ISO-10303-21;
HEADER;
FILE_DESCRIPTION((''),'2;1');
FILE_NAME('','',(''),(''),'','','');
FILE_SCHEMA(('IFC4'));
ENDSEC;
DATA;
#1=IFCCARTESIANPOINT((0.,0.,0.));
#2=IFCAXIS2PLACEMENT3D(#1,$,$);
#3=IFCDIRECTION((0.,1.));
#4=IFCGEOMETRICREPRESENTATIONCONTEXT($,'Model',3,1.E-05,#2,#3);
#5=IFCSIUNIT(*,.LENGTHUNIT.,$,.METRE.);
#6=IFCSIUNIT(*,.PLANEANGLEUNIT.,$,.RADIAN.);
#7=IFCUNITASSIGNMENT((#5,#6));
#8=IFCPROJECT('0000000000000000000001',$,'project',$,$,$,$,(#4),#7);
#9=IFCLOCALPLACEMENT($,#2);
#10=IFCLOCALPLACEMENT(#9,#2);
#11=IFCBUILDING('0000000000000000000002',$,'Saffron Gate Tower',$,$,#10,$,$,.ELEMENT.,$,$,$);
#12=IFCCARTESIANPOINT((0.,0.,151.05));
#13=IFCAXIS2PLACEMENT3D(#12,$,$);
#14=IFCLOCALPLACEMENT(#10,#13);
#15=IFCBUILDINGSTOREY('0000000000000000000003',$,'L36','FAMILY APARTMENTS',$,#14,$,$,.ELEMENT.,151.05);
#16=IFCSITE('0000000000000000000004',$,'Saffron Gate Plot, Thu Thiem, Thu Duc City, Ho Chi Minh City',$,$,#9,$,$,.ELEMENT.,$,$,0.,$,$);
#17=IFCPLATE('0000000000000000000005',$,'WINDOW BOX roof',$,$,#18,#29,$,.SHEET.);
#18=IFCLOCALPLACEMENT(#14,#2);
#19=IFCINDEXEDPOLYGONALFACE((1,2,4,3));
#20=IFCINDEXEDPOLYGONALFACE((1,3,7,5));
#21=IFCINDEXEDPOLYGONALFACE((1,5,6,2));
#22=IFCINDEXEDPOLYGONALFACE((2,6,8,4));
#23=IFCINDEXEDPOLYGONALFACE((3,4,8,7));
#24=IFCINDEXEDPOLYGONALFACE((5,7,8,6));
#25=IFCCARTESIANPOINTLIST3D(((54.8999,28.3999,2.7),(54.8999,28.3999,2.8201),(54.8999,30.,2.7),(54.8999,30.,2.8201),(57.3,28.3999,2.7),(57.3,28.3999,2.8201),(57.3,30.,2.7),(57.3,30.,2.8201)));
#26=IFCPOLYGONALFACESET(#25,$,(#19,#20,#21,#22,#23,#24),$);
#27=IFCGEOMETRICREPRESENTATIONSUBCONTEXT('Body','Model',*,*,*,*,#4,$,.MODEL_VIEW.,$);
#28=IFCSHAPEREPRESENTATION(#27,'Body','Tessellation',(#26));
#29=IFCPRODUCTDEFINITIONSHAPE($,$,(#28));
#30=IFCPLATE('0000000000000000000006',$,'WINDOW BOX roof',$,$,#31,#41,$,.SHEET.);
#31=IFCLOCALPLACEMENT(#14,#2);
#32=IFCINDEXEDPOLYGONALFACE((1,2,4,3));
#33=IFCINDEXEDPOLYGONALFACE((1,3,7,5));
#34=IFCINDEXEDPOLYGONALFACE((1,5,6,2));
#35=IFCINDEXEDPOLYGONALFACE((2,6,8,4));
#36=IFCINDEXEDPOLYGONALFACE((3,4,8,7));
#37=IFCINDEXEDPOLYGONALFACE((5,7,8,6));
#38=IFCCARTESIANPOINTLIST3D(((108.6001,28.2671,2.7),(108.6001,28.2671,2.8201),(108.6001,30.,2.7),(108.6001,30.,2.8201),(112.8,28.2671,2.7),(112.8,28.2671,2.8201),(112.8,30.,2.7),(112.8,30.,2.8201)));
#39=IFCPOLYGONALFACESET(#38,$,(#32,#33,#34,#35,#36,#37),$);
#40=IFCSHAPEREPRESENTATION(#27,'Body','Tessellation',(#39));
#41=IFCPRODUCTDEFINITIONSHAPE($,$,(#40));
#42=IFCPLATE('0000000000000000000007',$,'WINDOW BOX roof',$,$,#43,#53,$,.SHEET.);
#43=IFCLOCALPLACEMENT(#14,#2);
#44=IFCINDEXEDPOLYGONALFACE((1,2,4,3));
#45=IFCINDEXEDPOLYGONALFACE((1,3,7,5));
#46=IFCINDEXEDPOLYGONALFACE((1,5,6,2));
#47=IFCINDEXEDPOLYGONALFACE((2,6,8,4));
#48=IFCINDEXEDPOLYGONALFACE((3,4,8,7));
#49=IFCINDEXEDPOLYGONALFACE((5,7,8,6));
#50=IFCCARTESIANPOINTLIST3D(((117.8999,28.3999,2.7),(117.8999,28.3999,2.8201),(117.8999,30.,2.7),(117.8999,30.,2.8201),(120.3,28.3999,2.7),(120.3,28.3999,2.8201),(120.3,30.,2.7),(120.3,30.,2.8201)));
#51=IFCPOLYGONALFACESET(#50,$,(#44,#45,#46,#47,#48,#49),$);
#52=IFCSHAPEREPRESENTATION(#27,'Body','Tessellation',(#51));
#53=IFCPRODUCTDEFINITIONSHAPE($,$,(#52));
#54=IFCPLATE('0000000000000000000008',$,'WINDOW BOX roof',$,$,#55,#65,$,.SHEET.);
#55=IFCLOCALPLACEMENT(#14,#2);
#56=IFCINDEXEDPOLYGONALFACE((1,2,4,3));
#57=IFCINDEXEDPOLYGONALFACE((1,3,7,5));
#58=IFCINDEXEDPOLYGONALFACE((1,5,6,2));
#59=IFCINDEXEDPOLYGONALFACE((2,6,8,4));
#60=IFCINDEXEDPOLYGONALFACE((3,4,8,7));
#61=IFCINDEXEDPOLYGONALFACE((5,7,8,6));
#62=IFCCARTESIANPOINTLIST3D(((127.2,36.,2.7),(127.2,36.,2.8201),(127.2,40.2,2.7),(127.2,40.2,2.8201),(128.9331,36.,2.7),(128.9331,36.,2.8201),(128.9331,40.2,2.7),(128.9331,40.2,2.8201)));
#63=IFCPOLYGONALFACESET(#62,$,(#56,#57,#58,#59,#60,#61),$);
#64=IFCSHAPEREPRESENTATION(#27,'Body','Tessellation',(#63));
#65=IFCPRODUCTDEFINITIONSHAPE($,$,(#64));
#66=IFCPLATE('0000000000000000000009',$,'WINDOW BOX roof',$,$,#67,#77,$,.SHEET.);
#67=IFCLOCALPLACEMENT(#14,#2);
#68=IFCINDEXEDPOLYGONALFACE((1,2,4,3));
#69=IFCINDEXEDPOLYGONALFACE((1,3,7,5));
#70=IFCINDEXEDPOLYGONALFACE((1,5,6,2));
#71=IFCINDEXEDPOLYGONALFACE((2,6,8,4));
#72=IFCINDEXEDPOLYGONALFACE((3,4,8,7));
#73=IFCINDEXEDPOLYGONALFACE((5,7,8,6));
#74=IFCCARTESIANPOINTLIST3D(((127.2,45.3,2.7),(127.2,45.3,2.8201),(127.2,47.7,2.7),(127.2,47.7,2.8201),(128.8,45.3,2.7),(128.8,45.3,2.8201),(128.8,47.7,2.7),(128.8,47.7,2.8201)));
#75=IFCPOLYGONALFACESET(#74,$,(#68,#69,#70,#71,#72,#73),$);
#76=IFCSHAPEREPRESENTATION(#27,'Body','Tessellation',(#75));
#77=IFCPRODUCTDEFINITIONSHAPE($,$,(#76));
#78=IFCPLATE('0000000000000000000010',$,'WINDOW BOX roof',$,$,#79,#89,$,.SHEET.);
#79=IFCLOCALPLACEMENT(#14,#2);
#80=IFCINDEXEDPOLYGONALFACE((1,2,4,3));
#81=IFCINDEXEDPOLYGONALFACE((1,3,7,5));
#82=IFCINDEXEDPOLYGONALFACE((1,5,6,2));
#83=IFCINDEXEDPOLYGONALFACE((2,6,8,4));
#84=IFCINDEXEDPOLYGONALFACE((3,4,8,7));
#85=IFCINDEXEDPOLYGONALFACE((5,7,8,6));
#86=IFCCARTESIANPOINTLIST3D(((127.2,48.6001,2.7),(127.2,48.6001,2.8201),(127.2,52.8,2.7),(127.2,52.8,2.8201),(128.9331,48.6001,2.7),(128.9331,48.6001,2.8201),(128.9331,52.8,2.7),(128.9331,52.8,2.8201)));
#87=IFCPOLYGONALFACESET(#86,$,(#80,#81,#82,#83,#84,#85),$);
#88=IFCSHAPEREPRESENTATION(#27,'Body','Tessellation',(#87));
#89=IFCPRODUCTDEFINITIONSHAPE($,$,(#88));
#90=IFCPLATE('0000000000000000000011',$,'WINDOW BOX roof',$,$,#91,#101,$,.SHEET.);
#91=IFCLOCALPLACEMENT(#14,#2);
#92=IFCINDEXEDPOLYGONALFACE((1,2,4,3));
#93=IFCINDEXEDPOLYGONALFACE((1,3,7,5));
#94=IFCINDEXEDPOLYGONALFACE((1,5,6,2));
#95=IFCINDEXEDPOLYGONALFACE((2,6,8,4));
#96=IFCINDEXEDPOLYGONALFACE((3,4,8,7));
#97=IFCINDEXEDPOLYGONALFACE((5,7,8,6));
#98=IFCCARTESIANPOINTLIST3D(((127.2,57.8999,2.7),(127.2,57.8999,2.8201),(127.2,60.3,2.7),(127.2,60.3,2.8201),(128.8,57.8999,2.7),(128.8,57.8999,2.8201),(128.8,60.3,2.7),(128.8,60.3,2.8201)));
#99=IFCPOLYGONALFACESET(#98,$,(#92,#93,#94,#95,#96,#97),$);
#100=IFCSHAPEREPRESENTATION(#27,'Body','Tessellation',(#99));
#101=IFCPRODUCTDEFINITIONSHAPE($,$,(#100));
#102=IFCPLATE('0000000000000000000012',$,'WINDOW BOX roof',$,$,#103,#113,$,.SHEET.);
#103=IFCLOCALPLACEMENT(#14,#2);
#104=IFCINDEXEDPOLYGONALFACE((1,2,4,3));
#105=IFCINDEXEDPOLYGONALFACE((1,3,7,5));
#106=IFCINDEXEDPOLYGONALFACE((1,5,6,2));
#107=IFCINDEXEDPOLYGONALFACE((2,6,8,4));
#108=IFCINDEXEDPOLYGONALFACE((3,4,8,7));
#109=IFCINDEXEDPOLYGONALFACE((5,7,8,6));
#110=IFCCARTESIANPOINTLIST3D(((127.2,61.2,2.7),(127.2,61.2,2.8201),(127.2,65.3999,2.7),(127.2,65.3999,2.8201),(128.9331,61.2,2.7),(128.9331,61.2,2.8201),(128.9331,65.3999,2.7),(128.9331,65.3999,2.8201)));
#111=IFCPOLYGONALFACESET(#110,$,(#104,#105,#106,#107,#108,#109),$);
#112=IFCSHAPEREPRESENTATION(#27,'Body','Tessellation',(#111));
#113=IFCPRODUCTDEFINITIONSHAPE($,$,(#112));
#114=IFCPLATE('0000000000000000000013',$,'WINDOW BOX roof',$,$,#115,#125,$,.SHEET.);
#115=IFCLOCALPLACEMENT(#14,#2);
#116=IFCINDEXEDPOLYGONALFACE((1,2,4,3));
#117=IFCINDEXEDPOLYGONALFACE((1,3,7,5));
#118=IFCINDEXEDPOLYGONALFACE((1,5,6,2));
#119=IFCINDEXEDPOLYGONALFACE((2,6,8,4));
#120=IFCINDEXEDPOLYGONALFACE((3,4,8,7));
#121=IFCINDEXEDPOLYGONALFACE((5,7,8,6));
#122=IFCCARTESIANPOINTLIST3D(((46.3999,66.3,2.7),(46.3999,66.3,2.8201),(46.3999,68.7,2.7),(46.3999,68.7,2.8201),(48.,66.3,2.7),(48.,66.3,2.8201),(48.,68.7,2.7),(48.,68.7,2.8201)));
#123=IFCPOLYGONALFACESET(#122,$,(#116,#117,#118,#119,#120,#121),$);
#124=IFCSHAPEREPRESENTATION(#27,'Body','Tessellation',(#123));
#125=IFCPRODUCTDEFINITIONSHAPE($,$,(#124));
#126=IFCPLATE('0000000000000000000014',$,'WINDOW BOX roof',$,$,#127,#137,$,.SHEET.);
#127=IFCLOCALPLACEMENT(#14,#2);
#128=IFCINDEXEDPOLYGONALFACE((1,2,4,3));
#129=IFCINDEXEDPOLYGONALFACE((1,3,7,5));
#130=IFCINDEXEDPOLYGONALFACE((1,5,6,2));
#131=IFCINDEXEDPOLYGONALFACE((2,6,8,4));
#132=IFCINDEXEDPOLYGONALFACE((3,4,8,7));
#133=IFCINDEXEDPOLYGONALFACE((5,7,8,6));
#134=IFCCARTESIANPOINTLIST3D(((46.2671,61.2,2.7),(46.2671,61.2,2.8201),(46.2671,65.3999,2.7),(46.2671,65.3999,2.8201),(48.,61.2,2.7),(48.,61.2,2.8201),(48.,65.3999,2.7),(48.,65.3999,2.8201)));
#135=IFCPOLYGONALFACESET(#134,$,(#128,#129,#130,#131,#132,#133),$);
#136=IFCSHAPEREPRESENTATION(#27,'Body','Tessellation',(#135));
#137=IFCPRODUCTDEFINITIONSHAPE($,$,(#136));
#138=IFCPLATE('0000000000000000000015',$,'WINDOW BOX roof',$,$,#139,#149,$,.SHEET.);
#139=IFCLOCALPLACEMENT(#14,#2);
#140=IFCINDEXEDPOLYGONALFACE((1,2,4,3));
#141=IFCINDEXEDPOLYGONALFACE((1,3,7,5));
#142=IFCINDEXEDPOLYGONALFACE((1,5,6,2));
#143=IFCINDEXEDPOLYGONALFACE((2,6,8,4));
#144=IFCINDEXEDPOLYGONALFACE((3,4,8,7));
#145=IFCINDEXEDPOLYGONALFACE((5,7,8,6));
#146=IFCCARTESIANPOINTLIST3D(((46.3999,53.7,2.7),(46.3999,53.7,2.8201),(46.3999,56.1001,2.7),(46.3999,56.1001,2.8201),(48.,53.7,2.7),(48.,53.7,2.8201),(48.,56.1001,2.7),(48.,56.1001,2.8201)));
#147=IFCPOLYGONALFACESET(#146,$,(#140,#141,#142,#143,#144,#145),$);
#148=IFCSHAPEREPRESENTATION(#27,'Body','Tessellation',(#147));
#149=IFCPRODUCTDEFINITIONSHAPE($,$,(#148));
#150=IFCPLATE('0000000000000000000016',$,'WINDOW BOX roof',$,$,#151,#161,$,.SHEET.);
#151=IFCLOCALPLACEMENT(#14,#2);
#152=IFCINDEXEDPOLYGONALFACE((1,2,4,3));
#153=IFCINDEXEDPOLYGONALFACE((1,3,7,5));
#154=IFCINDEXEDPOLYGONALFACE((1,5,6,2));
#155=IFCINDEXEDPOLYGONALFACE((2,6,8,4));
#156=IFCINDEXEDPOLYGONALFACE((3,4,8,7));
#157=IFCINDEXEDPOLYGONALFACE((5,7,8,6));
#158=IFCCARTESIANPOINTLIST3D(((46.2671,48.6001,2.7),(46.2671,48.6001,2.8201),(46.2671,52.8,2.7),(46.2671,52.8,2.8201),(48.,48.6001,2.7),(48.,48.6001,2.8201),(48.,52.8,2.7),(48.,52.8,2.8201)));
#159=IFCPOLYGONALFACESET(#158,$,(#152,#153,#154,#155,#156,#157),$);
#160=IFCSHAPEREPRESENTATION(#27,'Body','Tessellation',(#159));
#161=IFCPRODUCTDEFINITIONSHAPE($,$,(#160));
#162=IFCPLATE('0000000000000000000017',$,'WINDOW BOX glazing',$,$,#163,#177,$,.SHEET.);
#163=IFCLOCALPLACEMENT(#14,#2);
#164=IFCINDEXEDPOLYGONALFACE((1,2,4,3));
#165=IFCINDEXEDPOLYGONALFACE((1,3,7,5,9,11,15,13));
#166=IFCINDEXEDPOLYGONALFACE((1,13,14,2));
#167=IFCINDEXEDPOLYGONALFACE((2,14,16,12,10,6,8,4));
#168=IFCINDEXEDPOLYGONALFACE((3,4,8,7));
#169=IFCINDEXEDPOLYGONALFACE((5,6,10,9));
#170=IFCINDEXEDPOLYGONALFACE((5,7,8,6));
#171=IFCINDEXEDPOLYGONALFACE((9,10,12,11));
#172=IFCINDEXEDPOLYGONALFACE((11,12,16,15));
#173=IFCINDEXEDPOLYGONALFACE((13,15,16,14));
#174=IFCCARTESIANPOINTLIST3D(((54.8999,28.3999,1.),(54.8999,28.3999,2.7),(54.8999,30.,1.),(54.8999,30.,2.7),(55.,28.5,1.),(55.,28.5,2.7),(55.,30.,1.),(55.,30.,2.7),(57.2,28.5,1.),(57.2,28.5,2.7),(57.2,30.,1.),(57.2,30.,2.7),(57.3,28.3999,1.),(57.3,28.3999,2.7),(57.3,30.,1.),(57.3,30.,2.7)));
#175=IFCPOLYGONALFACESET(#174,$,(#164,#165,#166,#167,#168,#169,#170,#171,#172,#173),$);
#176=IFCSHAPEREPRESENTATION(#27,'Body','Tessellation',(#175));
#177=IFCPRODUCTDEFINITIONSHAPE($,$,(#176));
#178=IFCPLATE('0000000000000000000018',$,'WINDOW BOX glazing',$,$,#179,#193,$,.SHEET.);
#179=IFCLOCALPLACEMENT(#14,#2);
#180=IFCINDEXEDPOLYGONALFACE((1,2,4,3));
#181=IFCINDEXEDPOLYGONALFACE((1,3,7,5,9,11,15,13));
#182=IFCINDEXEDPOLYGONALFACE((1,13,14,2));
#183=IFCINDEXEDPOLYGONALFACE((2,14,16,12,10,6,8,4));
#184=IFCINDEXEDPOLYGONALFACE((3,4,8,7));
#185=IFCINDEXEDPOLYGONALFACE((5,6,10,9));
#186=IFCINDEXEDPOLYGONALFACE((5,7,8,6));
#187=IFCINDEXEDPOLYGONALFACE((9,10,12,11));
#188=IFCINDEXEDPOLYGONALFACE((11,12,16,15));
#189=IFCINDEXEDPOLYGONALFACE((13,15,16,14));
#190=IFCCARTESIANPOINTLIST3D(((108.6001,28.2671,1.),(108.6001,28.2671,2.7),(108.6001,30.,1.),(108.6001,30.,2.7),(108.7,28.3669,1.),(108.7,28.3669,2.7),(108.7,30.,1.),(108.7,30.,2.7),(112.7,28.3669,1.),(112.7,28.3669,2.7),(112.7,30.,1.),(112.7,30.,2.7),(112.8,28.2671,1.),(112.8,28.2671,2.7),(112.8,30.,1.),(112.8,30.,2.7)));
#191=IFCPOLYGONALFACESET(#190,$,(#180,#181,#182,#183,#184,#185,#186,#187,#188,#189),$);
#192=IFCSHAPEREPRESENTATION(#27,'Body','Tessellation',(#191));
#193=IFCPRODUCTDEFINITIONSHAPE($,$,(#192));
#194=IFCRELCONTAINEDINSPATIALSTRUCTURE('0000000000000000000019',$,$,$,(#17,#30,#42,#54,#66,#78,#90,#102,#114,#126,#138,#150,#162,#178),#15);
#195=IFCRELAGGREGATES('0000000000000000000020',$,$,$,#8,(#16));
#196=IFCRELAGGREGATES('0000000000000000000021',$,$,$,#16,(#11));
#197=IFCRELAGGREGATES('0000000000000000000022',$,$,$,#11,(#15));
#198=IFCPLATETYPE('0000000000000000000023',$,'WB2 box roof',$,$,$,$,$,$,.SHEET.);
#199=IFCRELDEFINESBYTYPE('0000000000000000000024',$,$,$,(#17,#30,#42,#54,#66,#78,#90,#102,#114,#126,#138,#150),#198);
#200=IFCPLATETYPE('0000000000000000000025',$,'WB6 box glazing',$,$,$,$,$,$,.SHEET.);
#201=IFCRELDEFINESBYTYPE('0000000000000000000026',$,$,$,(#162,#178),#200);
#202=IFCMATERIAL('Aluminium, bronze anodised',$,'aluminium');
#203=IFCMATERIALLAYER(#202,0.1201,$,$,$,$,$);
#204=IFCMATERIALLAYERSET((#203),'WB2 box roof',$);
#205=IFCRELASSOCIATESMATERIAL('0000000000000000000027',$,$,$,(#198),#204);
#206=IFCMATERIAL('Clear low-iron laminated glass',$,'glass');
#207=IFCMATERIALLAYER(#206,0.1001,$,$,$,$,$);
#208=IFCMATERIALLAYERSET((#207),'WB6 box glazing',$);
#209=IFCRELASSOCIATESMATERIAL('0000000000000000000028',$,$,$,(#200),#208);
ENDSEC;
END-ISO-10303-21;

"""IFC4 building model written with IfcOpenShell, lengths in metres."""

from ifc_helpers import new_model, si_unit, direction, frame, origin, place, context, subcontext, project, spatial, polyline, outline, extrude, material, layer, layer_set, type_object, element, save


model = new_model("IFC4")

# Units and contexts
model_context = context("Model", 3, precision=1e-05, world=origin(), true_north=direction((0.0, 1.0)))
body_context = subcontext(model_context, "Body", "Model", "MODEL_VIEW")
ifc_project = project(units=[si_unit("LENGTHUNIT", "METRE"), si_unit("PLANEANGLEUNIT", "RADIAN")], contexts=[model_context])

# Site, building, storey
site_placement = place(None, origin())
site = spatial("IfcSite", under=ifc_project, at=site_placement, Name="Saffron Gate Plot, Thu Thiem, Thu Duc City, Ho Chi Minh City", CompositionType="ELEMENT", RefElevation=0.0)
building_placement = place(site_placement, origin())
building = spatial("IfcBuilding", under=site, at=building_placement, Name="Saffron Gate Tower", CompositionType="ELEMENT")
storey_placement = place(building_placement, frame((0.0, 0.0, 151.05)))
storey = spatial("IfcBuildingStorey", under=building, at=storey_placement, Name="L36", Description="FAMILY APARTMENTS", CompositionType="ELEMENT", Elevation=151.05)

# Plates
ifc_material_1 = material(Name="Aluminium, bronze anodised", Category="aluminium")
ifc_layer_1 = layer(ifc_material_1, 0.1201)
ifc_layer_set_1 = layer_set([ifc_layer_1], Name="WB2 box roof")
plate_type_1 = type_object("IfcPlateType", Name="WB2 box roof", PredefinedType="SHEET", material=ifc_layer_set_1)
plate_1_placement = place(storey_placement, frame((0.0, 0.0, 2.7)))
element("IfcPlate", 1, at=plate_1_placement, inside=storey, type_object=plate_type_1, Name="WINDOW BOX roof", PredefinedType="SHEET", context=body_context, shape_type="SweptSolid", body=[
    extrude(outline(polyline([(54.8999, 30.0), (57.3, 30.0), (57.3, 28.3999), (54.8999, 28.3999), (54.8999, 30.0)])), origin(), (0.0, 0.0, 1.0), 0.1201),
])
plate_2_placement = place(storey_placement, frame((0.0, 0.0, 2.7)))
element("IfcPlate", 2, at=plate_2_placement, inside=storey, type_object=plate_type_1, Name="WINDOW BOX roof", PredefinedType="SHEET", context=body_context, shape_type="SweptSolid", body=[
    extrude(outline(polyline([(108.6001, 30.0), (112.8, 30.0), (112.8, 28.2671), (108.6001, 28.2671), (108.6001, 30.0)])), origin(), (0.0, 0.0, 1.0), 0.1201),
])
plate_3_placement = place(storey_placement, frame((0.0, 0.0, 2.7)))
element("IfcPlate", 3, at=plate_3_placement, inside=storey, type_object=plate_type_1, Name="WINDOW BOX roof", PredefinedType="SHEET", context=body_context, shape_type="SweptSolid", body=[
    extrude(outline(polyline([(117.8999, 30.0), (120.3, 30.0), (120.3, 28.3999), (117.8999, 28.3999), (117.8999, 30.0)])), origin(), (0.0, 0.0, 1.0), 0.1201),
])
plate_4_placement = place(storey_placement, frame((0.0, 0.0, 2.7)))
element("IfcPlate", 4, at=plate_4_placement, inside=storey, type_object=plate_type_1, Name="WINDOW BOX roof", PredefinedType="SHEET", context=body_context, shape_type="SweptSolid", body=[
    extrude(outline(polyline([(127.2, 36.0), (127.2, 40.2), (128.9331, 40.2), (128.9331, 36.0), (127.2, 36.0)])), origin(), (0.0, 0.0, 1.0), 0.1201),
])
plate_5_placement = place(storey_placement, frame((0.0, 0.0, 2.7)))
element("IfcPlate", 5, at=plate_5_placement, inside=storey, type_object=plate_type_1, Name="WINDOW BOX roof", PredefinedType="SHEET", context=body_context, shape_type="SweptSolid", body=[
    extrude(outline(polyline([(127.2, 45.3), (127.2, 47.7), (128.8, 47.7), (128.8, 45.3), (127.2, 45.3)])), origin(), (0.0, 0.0, 1.0), 0.1201),
])
plate_6_placement = place(storey_placement, frame((0.0, 0.0, 2.7)))
element("IfcPlate", 6, at=plate_6_placement, inside=storey, type_object=plate_type_1, Name="WINDOW BOX roof", PredefinedType="SHEET", context=body_context, shape_type="SweptSolid", body=[
    extrude(outline(polyline([(127.2, 48.6001), (127.2, 52.8), (128.9331, 52.8), (128.9331, 48.6001), (127.2, 48.6001)])), origin(), (0.0, 0.0, 1.0), 0.1201),
])
plate_7_placement = place(storey_placement, frame((0.0, 0.0, 2.7)))
element("IfcPlate", 7, at=plate_7_placement, inside=storey, type_object=plate_type_1, Name="WINDOW BOX roof", PredefinedType="SHEET", context=body_context, shape_type="SweptSolid", body=[
    extrude(outline(polyline([(127.2, 57.8999), (127.2, 60.3), (128.8, 60.3), (128.8, 57.8999), (127.2, 57.8999)])), origin(), (0.0, 0.0, 1.0), 0.1201),
])
plate_8_placement = place(storey_placement, frame((0.0, 0.0, 2.7)))
element("IfcPlate", 8, at=plate_8_placement, inside=storey, type_object=plate_type_1, Name="WINDOW BOX roof", PredefinedType="SHEET", context=body_context, shape_type="SweptSolid", body=[
    extrude(outline(polyline([(127.2, 61.2), (127.2, 65.3999), (128.9331, 65.3999), (128.9331, 61.2), (127.2, 61.2)])), origin(), (0.0, 0.0, 1.0), 0.1201),
])
plate_9_placement = place(storey_placement, frame((0.0, 0.0, 2.7)))
element("IfcPlate", 9, at=plate_9_placement, inside=storey, type_object=plate_type_1, Name="WINDOW BOX roof", PredefinedType="SHEET", context=body_context, shape_type="SweptSolid", body=[
    extrude(outline(polyline([(48.0, 68.7), (48.0, 66.3), (46.3999, 66.3), (46.3999, 68.7), (48.0, 68.7)])), origin(), (0.0, 0.0, 1.0), 0.1201),
])
plate_10_placement = place(storey_placement, frame((0.0, 0.0, 2.7)))
element("IfcPlate", 10, at=plate_10_placement, inside=storey, type_object=plate_type_1, Name="WINDOW BOX roof", PredefinedType="SHEET", context=body_context, shape_type="SweptSolid", body=[
    extrude(outline(polyline([(48.0, 65.3999), (48.0, 61.2), (46.2671, 61.2), (46.2671, 65.3999), (48.0, 65.3999)])), origin(), (0.0, 0.0, 1.0), 0.1201),
])
plate_11_placement = place(storey_placement, frame((0.0, 0.0, 2.7)))
element("IfcPlate", 11, at=plate_11_placement, inside=storey, type_object=plate_type_1, Name="WINDOW BOX roof", PredefinedType="SHEET", context=body_context, shape_type="SweptSolid", body=[
    extrude(outline(polyline([(48.0, 56.1001), (48.0, 53.7), (46.3999, 53.7), (46.3999, 56.1001), (48.0, 56.1001)])), origin(), (0.0, 0.0, 1.0), 0.1201),
])
plate_12_placement = place(storey_placement, frame((0.0, 0.0, 2.7)))
element("IfcPlate", 12, at=plate_12_placement, inside=storey, type_object=plate_type_1, Name="WINDOW BOX roof", PredefinedType="SHEET", context=body_context, shape_type="SweptSolid", body=[
    extrude(outline(polyline([(48.0, 52.8), (48.0, 48.6001), (46.2671, 48.6001), (46.2671, 52.8), (48.0, 52.8)])), origin(), (0.0, 0.0, 1.0), 0.1201),
])
ifc_material_2 = material(Name="Clear low-iron laminated glass", Category="glass")
ifc_layer_2 = layer(ifc_material_2, 0.1001)
ifc_layer_set_2 = layer_set([ifc_layer_2], Name="WB6 box glazing")
plate_type_2 = type_object("IfcPlateType", Name="WB6 box glazing", PredefinedType="SHEET", material=ifc_layer_set_2)
plate_13_placement = place(storey_placement, frame((0.0, 0.0, 1.0)))
element("IfcPlate", 13, at=plate_13_placement, inside=storey, type_object=plate_type_2, Name="WINDOW BOX glazing", PredefinedType="SHEET", context=body_context, shape_type="SweptSolid", body=[
    extrude(outline(polyline([(54.8999, 30.0), (55.0, 30.0), (55.0, 28.5), (57.2, 28.5), (57.2, 30.0), (57.3, 30.0), (57.3, 28.3999), (54.8999, 28.3999), (54.8999, 30.0)])), origin(), (0.0, 0.0, 1.0), 1.7),
])
plate_14_placement = place(storey_placement, frame((0.0, 0.0, 1.0)))
element("IfcPlate", 14, at=plate_14_placement, inside=storey, type_object=plate_type_2, Name="WINDOW BOX glazing", PredefinedType="SHEET", context=body_context, shape_type="SweptSolid", body=[
    extrude(outline(polyline([(108.6001, 30.0), (108.7, 30.0), (108.7, 28.3669), (112.7, 28.3669), (112.7, 30.0), (112.8, 30.0), (112.8, 28.2671), (108.6001, 28.2671), (108.6001, 30.0)])), origin(), (0.0, 0.0, 1.0), 1.7),
])

save(model, "model.ifc")
